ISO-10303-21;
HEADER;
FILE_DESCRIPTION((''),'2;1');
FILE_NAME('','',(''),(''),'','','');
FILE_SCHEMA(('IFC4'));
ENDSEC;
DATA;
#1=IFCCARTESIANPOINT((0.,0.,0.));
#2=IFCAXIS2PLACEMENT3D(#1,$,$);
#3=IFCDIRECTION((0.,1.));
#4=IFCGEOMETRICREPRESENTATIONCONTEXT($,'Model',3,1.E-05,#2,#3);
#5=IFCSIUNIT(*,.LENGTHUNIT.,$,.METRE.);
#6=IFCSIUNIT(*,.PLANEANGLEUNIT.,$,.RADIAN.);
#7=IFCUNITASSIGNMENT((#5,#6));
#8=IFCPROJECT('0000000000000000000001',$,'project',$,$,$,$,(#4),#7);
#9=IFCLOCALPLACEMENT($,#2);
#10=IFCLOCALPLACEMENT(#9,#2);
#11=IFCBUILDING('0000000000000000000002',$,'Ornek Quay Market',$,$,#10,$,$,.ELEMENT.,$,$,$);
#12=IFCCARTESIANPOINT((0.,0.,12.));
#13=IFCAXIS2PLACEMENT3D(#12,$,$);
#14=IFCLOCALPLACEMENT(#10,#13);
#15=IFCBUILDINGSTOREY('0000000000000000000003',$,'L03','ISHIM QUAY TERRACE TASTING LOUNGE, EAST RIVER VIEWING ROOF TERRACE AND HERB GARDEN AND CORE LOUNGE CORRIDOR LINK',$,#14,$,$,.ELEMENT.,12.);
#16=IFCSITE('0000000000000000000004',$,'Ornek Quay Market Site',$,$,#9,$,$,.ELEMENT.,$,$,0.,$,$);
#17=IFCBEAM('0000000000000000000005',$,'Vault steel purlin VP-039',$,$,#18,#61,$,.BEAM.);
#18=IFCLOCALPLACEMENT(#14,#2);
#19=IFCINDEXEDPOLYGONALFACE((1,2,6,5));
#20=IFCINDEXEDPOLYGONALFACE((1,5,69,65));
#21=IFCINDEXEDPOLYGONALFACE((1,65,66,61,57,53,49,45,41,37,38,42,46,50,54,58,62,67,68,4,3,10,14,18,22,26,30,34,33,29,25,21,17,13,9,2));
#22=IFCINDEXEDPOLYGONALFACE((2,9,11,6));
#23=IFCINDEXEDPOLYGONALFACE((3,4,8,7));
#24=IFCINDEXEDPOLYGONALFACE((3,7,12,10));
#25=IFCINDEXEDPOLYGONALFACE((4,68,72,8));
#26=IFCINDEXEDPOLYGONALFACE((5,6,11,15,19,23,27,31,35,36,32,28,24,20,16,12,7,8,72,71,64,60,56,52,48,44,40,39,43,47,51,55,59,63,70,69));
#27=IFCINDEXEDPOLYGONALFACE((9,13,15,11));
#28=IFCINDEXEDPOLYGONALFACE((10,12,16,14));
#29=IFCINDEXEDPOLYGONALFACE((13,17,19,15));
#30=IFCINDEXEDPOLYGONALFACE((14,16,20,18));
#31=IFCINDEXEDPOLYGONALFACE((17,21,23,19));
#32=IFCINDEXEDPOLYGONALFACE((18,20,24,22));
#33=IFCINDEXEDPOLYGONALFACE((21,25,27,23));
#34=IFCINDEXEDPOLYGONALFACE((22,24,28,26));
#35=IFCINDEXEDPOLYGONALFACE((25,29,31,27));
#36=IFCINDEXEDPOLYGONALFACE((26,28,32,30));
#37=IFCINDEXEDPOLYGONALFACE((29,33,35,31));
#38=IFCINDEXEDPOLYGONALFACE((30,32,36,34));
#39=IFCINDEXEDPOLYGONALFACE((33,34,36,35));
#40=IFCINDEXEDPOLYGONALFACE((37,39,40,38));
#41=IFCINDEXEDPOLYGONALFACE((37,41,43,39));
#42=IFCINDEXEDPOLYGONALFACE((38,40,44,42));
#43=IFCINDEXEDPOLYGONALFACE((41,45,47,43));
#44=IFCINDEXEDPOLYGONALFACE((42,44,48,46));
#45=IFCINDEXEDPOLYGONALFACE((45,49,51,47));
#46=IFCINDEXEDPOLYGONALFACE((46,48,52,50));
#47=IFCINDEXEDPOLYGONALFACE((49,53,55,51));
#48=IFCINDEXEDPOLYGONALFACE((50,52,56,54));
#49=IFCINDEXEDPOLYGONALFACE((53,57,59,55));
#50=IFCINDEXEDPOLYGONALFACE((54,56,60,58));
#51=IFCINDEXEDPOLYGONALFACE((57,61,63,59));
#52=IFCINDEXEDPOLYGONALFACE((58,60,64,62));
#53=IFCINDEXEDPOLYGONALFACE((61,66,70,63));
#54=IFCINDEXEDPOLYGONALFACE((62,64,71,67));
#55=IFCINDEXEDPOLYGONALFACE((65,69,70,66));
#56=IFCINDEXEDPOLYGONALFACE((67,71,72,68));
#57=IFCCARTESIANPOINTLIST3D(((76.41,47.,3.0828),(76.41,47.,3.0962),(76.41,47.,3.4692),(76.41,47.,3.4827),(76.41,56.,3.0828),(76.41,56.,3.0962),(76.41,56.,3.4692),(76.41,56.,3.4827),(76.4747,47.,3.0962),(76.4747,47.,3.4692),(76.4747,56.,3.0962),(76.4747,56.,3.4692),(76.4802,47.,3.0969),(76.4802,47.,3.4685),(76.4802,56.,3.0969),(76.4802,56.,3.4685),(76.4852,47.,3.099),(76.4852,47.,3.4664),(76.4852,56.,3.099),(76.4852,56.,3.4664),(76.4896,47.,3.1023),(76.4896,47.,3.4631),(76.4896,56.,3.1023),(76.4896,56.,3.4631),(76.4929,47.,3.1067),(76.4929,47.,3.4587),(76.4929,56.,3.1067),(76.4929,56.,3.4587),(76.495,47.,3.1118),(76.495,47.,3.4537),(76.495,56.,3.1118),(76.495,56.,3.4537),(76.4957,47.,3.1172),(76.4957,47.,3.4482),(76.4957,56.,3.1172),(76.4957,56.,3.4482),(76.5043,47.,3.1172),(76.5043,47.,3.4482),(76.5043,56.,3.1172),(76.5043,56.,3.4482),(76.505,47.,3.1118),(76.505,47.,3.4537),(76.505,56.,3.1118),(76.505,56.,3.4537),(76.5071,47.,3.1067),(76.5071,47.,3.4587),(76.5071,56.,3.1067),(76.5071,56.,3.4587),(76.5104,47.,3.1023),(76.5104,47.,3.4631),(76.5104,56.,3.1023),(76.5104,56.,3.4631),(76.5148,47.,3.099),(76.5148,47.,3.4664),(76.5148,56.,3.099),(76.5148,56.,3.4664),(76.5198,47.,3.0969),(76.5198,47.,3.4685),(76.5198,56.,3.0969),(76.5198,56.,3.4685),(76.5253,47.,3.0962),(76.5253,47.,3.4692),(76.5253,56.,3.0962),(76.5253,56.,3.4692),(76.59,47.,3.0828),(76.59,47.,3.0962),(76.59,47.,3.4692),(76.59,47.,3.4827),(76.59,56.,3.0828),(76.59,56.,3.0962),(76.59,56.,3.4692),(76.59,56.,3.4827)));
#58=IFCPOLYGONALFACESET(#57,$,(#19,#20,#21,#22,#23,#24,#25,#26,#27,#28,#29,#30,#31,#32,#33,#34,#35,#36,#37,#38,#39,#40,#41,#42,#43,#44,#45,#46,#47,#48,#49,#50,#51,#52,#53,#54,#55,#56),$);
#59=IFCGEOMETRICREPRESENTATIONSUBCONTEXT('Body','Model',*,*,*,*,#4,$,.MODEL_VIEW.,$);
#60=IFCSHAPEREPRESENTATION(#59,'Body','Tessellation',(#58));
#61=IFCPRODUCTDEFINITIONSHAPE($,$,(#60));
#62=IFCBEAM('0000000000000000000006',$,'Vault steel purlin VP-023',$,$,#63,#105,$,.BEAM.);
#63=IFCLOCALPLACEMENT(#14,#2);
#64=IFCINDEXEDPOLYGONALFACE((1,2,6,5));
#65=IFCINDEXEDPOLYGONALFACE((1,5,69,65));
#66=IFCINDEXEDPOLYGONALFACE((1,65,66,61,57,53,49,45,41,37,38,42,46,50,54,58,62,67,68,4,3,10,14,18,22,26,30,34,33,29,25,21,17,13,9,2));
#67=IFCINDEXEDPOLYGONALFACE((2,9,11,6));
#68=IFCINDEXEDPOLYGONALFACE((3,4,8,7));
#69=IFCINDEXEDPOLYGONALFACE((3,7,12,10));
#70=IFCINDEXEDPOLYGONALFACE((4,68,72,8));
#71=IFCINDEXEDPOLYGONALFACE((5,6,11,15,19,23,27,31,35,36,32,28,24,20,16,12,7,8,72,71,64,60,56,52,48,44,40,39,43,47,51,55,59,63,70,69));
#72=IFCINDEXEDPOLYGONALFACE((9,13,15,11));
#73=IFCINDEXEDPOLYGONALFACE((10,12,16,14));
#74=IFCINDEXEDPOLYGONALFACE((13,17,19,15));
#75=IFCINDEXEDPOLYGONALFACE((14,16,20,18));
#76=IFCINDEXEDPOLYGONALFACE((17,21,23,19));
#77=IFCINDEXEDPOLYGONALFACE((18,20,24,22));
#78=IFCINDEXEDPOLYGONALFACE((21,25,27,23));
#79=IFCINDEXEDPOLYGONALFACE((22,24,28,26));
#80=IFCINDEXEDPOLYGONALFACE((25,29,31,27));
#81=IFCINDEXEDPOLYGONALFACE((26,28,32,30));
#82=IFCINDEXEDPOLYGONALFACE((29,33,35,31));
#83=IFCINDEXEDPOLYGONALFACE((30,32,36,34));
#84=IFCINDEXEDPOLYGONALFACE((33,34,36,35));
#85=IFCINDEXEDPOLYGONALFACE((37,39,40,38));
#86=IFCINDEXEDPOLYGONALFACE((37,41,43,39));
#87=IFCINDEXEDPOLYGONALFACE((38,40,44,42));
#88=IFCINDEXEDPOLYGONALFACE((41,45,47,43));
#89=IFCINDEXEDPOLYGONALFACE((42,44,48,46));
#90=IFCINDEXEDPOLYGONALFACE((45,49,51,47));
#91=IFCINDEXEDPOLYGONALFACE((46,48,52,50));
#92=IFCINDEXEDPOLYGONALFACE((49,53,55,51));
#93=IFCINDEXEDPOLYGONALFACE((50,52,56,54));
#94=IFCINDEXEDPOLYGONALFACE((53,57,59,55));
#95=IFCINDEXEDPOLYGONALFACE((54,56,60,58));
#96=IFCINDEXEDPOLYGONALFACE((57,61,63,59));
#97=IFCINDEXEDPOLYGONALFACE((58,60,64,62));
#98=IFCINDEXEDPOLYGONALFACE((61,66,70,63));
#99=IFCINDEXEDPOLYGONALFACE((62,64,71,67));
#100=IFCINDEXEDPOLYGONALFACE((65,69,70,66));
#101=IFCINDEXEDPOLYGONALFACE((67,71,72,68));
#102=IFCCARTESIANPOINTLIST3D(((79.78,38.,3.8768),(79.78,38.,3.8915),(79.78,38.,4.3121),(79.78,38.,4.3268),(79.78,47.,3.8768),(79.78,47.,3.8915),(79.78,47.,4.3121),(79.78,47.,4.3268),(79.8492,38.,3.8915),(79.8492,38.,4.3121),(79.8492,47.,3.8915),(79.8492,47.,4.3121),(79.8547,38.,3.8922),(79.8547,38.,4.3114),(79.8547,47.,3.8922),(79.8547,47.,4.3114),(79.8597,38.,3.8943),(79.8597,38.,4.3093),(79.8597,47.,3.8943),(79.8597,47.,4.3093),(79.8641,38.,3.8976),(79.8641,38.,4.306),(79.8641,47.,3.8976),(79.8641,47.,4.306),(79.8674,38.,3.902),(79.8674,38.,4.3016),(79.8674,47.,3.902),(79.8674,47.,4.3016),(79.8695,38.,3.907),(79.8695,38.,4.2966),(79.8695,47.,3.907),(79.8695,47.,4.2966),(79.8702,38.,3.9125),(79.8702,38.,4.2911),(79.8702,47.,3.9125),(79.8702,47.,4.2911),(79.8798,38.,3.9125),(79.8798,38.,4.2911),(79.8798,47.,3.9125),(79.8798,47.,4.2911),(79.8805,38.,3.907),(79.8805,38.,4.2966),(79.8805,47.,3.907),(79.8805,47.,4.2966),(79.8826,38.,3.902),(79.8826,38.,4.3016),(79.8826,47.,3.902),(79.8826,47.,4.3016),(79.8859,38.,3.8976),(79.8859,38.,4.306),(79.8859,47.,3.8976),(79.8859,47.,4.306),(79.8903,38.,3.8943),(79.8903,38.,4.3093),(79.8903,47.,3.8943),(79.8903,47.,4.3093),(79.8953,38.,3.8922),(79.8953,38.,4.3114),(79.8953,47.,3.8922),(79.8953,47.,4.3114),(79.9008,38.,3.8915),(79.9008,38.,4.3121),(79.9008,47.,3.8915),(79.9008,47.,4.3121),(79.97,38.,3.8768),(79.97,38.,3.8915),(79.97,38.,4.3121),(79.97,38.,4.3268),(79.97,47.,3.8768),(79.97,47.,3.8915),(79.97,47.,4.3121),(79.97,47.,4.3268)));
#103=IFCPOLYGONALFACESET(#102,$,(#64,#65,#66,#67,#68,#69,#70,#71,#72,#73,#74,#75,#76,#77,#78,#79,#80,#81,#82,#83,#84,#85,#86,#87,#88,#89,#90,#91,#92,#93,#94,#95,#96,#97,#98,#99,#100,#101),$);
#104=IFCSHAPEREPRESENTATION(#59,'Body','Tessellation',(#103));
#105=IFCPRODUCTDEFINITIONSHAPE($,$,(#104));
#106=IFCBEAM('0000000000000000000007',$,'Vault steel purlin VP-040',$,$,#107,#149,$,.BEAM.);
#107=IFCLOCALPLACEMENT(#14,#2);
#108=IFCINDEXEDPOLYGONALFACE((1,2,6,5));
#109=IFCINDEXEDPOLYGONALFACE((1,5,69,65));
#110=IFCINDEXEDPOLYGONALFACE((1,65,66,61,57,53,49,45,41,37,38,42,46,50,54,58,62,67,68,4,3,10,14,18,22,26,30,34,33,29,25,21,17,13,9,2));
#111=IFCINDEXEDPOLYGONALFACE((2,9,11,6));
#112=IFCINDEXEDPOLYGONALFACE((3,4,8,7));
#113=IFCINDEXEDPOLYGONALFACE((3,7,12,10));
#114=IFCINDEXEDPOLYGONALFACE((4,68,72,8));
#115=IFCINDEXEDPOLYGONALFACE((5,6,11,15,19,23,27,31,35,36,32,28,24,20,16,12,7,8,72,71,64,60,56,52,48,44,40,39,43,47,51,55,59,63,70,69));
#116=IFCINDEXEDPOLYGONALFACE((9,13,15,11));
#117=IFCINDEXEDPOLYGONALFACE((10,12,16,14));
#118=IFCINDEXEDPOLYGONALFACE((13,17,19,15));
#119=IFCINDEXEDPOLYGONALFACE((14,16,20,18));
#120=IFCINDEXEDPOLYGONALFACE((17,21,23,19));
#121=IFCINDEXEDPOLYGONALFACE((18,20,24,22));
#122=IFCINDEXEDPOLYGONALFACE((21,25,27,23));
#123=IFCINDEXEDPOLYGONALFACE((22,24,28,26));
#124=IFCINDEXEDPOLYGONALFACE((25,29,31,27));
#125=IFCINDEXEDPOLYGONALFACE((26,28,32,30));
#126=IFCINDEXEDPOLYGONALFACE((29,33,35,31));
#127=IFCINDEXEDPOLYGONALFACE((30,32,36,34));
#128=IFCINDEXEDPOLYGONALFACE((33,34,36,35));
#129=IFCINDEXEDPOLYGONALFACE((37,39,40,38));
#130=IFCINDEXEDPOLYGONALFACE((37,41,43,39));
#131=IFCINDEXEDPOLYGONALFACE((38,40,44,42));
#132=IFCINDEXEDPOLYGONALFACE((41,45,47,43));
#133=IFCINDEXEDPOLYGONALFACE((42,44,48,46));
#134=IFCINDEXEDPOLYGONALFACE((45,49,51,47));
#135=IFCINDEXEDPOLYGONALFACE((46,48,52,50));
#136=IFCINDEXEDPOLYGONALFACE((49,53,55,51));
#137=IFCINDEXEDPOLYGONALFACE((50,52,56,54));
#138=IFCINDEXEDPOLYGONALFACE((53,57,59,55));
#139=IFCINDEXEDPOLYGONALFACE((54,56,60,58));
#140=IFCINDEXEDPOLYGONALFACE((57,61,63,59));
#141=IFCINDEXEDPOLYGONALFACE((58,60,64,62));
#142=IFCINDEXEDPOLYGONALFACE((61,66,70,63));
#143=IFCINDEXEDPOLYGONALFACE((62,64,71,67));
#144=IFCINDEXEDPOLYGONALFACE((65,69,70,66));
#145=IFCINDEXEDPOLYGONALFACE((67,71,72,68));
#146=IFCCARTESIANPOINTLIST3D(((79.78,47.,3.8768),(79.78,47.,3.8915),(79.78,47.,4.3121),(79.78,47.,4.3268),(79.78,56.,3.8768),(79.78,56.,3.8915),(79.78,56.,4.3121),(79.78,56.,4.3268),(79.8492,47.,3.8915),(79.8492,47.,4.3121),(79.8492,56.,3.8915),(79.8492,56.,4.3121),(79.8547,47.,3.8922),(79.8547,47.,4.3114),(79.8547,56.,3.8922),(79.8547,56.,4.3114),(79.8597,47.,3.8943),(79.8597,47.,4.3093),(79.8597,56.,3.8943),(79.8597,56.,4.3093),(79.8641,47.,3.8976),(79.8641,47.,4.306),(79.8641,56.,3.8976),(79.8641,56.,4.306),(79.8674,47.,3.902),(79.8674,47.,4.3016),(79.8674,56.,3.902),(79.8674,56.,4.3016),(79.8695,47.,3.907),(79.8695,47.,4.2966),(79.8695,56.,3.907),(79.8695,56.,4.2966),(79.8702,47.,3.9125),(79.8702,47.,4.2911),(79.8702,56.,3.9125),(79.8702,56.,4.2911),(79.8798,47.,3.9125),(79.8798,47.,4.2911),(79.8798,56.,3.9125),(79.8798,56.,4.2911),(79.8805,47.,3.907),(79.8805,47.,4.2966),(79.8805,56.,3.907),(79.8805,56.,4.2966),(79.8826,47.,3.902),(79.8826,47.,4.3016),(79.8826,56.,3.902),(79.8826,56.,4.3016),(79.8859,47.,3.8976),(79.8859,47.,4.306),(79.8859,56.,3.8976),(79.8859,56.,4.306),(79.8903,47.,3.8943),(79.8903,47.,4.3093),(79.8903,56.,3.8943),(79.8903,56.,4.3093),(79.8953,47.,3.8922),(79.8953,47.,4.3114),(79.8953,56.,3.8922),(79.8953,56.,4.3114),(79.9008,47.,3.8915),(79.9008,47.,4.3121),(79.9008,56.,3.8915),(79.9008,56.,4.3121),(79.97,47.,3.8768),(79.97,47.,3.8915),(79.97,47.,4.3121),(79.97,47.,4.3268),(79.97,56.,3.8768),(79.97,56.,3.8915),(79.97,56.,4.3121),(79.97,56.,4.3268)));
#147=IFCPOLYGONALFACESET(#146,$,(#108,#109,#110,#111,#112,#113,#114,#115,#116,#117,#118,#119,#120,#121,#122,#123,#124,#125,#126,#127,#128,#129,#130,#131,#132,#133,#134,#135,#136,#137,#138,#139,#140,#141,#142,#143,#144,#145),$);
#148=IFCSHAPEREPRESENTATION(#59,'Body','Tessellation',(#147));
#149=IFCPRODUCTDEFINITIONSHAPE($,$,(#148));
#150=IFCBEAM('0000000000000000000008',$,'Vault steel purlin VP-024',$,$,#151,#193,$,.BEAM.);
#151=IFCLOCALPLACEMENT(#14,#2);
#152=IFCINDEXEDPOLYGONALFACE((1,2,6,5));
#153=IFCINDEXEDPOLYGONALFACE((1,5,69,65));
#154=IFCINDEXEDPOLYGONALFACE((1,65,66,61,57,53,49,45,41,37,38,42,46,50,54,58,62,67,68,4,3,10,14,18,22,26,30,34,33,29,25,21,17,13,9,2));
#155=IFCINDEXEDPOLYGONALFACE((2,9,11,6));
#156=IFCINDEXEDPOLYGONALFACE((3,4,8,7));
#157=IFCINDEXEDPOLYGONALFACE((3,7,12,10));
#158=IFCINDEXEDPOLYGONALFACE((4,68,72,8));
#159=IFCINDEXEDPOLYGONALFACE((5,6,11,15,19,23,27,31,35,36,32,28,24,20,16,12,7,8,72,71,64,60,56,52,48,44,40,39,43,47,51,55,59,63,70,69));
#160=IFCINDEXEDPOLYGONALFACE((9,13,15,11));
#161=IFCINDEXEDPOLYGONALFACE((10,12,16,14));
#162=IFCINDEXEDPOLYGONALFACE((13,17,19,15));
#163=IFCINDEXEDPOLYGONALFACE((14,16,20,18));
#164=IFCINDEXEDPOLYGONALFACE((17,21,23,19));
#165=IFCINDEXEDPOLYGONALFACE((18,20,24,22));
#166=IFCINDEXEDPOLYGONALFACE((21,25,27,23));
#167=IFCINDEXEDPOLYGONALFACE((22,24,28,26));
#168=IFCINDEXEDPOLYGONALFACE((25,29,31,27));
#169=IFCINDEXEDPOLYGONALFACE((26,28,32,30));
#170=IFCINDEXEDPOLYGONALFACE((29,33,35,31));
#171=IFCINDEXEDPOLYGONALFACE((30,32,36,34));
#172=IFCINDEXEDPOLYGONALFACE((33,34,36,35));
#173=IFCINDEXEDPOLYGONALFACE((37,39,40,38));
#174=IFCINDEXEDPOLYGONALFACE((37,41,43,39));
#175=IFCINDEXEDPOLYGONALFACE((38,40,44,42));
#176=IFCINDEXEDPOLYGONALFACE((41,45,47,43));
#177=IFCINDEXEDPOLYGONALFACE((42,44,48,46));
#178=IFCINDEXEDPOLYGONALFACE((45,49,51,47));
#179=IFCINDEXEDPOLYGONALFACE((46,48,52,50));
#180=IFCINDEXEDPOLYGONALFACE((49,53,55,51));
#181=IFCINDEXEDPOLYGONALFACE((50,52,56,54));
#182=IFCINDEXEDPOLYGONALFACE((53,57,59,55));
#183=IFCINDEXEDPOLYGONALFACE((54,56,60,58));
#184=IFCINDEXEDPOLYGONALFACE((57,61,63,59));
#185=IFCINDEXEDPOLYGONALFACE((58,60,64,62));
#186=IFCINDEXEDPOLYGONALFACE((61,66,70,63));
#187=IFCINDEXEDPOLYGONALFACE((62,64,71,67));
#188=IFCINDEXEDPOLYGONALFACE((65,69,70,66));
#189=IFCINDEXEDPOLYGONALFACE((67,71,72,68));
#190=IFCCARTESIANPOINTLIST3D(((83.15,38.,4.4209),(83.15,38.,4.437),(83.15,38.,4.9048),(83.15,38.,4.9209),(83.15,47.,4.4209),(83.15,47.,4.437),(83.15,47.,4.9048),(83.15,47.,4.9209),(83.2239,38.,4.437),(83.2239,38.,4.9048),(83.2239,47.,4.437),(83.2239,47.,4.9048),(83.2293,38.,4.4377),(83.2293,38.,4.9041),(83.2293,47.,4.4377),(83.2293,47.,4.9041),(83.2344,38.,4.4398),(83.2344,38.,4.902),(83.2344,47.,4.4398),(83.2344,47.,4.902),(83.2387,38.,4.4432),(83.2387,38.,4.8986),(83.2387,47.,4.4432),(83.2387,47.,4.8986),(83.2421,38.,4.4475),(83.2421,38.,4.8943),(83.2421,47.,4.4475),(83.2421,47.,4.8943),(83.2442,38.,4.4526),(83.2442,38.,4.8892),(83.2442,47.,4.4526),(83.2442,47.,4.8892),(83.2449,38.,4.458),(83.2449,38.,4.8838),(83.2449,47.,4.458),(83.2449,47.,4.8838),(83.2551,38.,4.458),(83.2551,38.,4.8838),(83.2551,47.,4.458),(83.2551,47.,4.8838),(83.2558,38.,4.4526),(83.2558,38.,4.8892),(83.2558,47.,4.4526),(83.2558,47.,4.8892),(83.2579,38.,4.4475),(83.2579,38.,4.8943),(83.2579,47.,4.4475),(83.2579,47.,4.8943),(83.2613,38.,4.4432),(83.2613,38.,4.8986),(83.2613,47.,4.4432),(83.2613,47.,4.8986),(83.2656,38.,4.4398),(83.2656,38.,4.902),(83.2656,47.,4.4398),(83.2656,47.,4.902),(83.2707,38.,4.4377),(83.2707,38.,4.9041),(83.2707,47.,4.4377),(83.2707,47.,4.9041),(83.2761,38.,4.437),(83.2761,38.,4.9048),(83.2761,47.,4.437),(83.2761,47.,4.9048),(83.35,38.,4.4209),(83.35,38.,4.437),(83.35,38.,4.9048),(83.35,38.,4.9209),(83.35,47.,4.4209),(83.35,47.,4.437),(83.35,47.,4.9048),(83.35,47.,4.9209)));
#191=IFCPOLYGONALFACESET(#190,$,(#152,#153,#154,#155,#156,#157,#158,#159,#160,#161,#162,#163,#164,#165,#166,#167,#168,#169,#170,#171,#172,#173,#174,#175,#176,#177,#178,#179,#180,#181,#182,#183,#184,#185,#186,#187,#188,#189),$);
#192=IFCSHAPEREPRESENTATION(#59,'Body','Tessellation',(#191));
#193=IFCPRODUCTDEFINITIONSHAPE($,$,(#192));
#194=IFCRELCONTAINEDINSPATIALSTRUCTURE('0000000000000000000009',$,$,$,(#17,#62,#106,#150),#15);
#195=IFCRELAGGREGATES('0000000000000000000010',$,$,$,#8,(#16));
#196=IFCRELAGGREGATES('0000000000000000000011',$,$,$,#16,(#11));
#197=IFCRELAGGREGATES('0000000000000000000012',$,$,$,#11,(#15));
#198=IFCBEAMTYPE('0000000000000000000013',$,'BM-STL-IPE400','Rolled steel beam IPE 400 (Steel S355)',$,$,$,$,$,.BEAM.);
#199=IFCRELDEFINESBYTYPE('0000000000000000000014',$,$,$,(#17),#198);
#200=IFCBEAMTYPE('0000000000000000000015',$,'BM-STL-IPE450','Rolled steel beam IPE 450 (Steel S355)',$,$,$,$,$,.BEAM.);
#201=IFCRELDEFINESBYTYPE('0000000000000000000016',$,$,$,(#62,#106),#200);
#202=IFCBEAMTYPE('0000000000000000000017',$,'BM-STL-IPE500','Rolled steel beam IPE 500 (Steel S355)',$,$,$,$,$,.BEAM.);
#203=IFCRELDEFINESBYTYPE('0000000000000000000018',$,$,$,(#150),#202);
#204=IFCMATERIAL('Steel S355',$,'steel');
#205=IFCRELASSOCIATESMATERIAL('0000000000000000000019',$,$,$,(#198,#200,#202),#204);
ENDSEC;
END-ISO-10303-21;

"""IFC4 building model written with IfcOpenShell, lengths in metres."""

from ifc_helpers import new_model, si_unit, direction, frame, origin, origin_2d, place, context, subcontext, project, spatial, i_section, extrude, material, material_profile, profile_set, type_object, element, save


model = new_model("IFC4")

# Units and contexts
model_context = context("Model", 3, precision=1e-05, world=origin(), true_north=direction((0.0, 1.0)))
body_context = subcontext(model_context, "Body", "Model", "MODEL_VIEW")
ifc_project = project(units=[si_unit("LENGTHUNIT", "METRE"), si_unit("PLANEANGLEUNIT", "RADIAN")], contexts=[model_context])

# Site, building, storey
site_placement = place(None, origin())
site = spatial("IfcSite", under=ifc_project, at=site_placement, Name="Ornek Quay Market Site", CompositionType="ELEMENT", RefElevation=0.0)
building_placement = place(site_placement, origin())
building = spatial("IfcBuilding", under=site, at=building_placement, Name="Ornek Quay Market", CompositionType="ELEMENT")
storey_placement = place(building_placement, frame((0.0, 0.0, 12.0)))
storey = spatial("IfcBuildingStorey", under=building, at=storey_placement, Name="L03", Description="ISHIM QUAY TERRACE TASTING LOUNGE, EAST RIVER VIEWING ROOF TERRACE AND HERB GARDEN AND CORE LOUNGE CORRIDOR LINK", CompositionType="ELEMENT", Elevation=12.0)

# Beams
ifc_material_1 = material(Name="Steel S355", Category="steel")
ifc_material_profile_1 = material_profile(ifc_material_1, i_section(OverallWidth=0.1799, OverallDepth=0.3999, WebThickness=0.0085, FlangeThickness=0.0134, FilletRadius=0.021, at=origin_2d()), Name="IPE 400", Category="steel")
ifc_profile_set_1 = profile_set([ifc_material_profile_1], Name="Steel S355")
beam_type_1 = type_object("IfcBeamType", Name="BM-STL-IPE400", Description="Rolled steel beam IPE 400 (Steel S355)", PredefinedType="BEAM", material=ifc_profile_set_1)
for number, where, z_axis, x_axis, name in (
    (1, (76.5, 47.0, 3.2827), (0.0, 1.0, 0.0), (-1.0, 0.0, 0.0), "Vault steel purlin VP-039"),
):
    element("IfcBeam", number, at=place(storey_placement, frame(where, z_axis=z_axis, x_axis=x_axis)), inside=storey, type_object=beam_type_1, Name=name, PredefinedType="BEAM", context=body_context, shape_type="SweptSolid", body=[
        extrude(i_section(OverallWidth=0.1799, OverallDepth=0.3999, WebThickness=0.0085, FlangeThickness=0.0134, FilletRadius=0.021, at=origin_2d()), origin(), (0.0, 0.0, 1.0), 9.0),
    ])
ifc_material_profile_2 = material_profile(ifc_material_1, i_section(OverallWidth=0.1899, OverallDepth=0.45, WebThickness=0.0095, FlangeThickness=0.0146, FilletRadius=0.021, at=origin_2d()), Name="IPE 450", Category="steel")
ifc_profile_set_2 = profile_set([ifc_material_profile_2], Name="Steel S355")
beam_type_2 = type_object("IfcBeamType", Name="BM-STL-IPE450", Description="Rolled steel beam IPE 450 (Steel S355)", PredefinedType="BEAM", material=ifc_profile_set_2)
for number, where, z_axis, x_axis, name in (
    (2, (79.875, 38.0, 4.1018), (0.0, 1.0, 0.0), (-1.0, 0.0, 0.0), "Vault steel purlin VP-023"),
    (3, (79.875, 47.0, 4.1018), (0.0, 1.0, 0.0), (-1.0, 0.0, 0.0), "Vault steel purlin VP-040"),
):
    element("IfcBeam", number, at=place(storey_placement, frame(where, z_axis=z_axis, x_axis=x_axis)), inside=storey, type_object=beam_type_2, Name=name, PredefinedType="BEAM", context=body_context, shape_type="SweptSolid", body=[
        extrude(i_section(OverallWidth=0.1899, OverallDepth=0.45, WebThickness=0.0095, FlangeThickness=0.0146, FilletRadius=0.021, at=origin_2d()), origin(), (0.0, 0.0, 1.0), 9.0),
    ])
ifc_material_profile_3 = material_profile(ifc_material_1, i_section(OverallWidth=0.2, OverallDepth=0.5, WebThickness=0.0103, FlangeThickness=0.0161, FilletRadius=0.021, at=origin_2d()), Name="IPE 500", Category="steel")
ifc_profile_set_3 = profile_set([ifc_material_profile_3], Name="Steel S355")
beam_type_3 = type_object("IfcBeamType", Name="BM-STL-IPE500", Description="Rolled steel beam IPE 500 (Steel S355)", PredefinedType="BEAM", material=ifc_profile_set_3)
for number, where, z_axis, x_axis, name in (
    (4, (83.25, 38.0, 4.6709), (0.0, 1.0, 0.0), (-1.0, 0.0, 0.0), "Vault steel purlin VP-024"),
):
    element("IfcBeam", number, at=place(storey_placement, frame(where, z_axis=z_axis, x_axis=x_axis)), inside=storey, type_object=beam_type_3, Name=name, PredefinedType="BEAM", context=body_context, shape_type="SweptSolid", body=[
        extrude(i_section(OverallWidth=0.2, OverallDepth=0.5, WebThickness=0.0103, FlangeThickness=0.0161, FilletRadius=0.021, at=origin_2d()), origin(), (0.0, 0.0, 1.0), 9.0),
    ])

save(model, "model.ifc")
